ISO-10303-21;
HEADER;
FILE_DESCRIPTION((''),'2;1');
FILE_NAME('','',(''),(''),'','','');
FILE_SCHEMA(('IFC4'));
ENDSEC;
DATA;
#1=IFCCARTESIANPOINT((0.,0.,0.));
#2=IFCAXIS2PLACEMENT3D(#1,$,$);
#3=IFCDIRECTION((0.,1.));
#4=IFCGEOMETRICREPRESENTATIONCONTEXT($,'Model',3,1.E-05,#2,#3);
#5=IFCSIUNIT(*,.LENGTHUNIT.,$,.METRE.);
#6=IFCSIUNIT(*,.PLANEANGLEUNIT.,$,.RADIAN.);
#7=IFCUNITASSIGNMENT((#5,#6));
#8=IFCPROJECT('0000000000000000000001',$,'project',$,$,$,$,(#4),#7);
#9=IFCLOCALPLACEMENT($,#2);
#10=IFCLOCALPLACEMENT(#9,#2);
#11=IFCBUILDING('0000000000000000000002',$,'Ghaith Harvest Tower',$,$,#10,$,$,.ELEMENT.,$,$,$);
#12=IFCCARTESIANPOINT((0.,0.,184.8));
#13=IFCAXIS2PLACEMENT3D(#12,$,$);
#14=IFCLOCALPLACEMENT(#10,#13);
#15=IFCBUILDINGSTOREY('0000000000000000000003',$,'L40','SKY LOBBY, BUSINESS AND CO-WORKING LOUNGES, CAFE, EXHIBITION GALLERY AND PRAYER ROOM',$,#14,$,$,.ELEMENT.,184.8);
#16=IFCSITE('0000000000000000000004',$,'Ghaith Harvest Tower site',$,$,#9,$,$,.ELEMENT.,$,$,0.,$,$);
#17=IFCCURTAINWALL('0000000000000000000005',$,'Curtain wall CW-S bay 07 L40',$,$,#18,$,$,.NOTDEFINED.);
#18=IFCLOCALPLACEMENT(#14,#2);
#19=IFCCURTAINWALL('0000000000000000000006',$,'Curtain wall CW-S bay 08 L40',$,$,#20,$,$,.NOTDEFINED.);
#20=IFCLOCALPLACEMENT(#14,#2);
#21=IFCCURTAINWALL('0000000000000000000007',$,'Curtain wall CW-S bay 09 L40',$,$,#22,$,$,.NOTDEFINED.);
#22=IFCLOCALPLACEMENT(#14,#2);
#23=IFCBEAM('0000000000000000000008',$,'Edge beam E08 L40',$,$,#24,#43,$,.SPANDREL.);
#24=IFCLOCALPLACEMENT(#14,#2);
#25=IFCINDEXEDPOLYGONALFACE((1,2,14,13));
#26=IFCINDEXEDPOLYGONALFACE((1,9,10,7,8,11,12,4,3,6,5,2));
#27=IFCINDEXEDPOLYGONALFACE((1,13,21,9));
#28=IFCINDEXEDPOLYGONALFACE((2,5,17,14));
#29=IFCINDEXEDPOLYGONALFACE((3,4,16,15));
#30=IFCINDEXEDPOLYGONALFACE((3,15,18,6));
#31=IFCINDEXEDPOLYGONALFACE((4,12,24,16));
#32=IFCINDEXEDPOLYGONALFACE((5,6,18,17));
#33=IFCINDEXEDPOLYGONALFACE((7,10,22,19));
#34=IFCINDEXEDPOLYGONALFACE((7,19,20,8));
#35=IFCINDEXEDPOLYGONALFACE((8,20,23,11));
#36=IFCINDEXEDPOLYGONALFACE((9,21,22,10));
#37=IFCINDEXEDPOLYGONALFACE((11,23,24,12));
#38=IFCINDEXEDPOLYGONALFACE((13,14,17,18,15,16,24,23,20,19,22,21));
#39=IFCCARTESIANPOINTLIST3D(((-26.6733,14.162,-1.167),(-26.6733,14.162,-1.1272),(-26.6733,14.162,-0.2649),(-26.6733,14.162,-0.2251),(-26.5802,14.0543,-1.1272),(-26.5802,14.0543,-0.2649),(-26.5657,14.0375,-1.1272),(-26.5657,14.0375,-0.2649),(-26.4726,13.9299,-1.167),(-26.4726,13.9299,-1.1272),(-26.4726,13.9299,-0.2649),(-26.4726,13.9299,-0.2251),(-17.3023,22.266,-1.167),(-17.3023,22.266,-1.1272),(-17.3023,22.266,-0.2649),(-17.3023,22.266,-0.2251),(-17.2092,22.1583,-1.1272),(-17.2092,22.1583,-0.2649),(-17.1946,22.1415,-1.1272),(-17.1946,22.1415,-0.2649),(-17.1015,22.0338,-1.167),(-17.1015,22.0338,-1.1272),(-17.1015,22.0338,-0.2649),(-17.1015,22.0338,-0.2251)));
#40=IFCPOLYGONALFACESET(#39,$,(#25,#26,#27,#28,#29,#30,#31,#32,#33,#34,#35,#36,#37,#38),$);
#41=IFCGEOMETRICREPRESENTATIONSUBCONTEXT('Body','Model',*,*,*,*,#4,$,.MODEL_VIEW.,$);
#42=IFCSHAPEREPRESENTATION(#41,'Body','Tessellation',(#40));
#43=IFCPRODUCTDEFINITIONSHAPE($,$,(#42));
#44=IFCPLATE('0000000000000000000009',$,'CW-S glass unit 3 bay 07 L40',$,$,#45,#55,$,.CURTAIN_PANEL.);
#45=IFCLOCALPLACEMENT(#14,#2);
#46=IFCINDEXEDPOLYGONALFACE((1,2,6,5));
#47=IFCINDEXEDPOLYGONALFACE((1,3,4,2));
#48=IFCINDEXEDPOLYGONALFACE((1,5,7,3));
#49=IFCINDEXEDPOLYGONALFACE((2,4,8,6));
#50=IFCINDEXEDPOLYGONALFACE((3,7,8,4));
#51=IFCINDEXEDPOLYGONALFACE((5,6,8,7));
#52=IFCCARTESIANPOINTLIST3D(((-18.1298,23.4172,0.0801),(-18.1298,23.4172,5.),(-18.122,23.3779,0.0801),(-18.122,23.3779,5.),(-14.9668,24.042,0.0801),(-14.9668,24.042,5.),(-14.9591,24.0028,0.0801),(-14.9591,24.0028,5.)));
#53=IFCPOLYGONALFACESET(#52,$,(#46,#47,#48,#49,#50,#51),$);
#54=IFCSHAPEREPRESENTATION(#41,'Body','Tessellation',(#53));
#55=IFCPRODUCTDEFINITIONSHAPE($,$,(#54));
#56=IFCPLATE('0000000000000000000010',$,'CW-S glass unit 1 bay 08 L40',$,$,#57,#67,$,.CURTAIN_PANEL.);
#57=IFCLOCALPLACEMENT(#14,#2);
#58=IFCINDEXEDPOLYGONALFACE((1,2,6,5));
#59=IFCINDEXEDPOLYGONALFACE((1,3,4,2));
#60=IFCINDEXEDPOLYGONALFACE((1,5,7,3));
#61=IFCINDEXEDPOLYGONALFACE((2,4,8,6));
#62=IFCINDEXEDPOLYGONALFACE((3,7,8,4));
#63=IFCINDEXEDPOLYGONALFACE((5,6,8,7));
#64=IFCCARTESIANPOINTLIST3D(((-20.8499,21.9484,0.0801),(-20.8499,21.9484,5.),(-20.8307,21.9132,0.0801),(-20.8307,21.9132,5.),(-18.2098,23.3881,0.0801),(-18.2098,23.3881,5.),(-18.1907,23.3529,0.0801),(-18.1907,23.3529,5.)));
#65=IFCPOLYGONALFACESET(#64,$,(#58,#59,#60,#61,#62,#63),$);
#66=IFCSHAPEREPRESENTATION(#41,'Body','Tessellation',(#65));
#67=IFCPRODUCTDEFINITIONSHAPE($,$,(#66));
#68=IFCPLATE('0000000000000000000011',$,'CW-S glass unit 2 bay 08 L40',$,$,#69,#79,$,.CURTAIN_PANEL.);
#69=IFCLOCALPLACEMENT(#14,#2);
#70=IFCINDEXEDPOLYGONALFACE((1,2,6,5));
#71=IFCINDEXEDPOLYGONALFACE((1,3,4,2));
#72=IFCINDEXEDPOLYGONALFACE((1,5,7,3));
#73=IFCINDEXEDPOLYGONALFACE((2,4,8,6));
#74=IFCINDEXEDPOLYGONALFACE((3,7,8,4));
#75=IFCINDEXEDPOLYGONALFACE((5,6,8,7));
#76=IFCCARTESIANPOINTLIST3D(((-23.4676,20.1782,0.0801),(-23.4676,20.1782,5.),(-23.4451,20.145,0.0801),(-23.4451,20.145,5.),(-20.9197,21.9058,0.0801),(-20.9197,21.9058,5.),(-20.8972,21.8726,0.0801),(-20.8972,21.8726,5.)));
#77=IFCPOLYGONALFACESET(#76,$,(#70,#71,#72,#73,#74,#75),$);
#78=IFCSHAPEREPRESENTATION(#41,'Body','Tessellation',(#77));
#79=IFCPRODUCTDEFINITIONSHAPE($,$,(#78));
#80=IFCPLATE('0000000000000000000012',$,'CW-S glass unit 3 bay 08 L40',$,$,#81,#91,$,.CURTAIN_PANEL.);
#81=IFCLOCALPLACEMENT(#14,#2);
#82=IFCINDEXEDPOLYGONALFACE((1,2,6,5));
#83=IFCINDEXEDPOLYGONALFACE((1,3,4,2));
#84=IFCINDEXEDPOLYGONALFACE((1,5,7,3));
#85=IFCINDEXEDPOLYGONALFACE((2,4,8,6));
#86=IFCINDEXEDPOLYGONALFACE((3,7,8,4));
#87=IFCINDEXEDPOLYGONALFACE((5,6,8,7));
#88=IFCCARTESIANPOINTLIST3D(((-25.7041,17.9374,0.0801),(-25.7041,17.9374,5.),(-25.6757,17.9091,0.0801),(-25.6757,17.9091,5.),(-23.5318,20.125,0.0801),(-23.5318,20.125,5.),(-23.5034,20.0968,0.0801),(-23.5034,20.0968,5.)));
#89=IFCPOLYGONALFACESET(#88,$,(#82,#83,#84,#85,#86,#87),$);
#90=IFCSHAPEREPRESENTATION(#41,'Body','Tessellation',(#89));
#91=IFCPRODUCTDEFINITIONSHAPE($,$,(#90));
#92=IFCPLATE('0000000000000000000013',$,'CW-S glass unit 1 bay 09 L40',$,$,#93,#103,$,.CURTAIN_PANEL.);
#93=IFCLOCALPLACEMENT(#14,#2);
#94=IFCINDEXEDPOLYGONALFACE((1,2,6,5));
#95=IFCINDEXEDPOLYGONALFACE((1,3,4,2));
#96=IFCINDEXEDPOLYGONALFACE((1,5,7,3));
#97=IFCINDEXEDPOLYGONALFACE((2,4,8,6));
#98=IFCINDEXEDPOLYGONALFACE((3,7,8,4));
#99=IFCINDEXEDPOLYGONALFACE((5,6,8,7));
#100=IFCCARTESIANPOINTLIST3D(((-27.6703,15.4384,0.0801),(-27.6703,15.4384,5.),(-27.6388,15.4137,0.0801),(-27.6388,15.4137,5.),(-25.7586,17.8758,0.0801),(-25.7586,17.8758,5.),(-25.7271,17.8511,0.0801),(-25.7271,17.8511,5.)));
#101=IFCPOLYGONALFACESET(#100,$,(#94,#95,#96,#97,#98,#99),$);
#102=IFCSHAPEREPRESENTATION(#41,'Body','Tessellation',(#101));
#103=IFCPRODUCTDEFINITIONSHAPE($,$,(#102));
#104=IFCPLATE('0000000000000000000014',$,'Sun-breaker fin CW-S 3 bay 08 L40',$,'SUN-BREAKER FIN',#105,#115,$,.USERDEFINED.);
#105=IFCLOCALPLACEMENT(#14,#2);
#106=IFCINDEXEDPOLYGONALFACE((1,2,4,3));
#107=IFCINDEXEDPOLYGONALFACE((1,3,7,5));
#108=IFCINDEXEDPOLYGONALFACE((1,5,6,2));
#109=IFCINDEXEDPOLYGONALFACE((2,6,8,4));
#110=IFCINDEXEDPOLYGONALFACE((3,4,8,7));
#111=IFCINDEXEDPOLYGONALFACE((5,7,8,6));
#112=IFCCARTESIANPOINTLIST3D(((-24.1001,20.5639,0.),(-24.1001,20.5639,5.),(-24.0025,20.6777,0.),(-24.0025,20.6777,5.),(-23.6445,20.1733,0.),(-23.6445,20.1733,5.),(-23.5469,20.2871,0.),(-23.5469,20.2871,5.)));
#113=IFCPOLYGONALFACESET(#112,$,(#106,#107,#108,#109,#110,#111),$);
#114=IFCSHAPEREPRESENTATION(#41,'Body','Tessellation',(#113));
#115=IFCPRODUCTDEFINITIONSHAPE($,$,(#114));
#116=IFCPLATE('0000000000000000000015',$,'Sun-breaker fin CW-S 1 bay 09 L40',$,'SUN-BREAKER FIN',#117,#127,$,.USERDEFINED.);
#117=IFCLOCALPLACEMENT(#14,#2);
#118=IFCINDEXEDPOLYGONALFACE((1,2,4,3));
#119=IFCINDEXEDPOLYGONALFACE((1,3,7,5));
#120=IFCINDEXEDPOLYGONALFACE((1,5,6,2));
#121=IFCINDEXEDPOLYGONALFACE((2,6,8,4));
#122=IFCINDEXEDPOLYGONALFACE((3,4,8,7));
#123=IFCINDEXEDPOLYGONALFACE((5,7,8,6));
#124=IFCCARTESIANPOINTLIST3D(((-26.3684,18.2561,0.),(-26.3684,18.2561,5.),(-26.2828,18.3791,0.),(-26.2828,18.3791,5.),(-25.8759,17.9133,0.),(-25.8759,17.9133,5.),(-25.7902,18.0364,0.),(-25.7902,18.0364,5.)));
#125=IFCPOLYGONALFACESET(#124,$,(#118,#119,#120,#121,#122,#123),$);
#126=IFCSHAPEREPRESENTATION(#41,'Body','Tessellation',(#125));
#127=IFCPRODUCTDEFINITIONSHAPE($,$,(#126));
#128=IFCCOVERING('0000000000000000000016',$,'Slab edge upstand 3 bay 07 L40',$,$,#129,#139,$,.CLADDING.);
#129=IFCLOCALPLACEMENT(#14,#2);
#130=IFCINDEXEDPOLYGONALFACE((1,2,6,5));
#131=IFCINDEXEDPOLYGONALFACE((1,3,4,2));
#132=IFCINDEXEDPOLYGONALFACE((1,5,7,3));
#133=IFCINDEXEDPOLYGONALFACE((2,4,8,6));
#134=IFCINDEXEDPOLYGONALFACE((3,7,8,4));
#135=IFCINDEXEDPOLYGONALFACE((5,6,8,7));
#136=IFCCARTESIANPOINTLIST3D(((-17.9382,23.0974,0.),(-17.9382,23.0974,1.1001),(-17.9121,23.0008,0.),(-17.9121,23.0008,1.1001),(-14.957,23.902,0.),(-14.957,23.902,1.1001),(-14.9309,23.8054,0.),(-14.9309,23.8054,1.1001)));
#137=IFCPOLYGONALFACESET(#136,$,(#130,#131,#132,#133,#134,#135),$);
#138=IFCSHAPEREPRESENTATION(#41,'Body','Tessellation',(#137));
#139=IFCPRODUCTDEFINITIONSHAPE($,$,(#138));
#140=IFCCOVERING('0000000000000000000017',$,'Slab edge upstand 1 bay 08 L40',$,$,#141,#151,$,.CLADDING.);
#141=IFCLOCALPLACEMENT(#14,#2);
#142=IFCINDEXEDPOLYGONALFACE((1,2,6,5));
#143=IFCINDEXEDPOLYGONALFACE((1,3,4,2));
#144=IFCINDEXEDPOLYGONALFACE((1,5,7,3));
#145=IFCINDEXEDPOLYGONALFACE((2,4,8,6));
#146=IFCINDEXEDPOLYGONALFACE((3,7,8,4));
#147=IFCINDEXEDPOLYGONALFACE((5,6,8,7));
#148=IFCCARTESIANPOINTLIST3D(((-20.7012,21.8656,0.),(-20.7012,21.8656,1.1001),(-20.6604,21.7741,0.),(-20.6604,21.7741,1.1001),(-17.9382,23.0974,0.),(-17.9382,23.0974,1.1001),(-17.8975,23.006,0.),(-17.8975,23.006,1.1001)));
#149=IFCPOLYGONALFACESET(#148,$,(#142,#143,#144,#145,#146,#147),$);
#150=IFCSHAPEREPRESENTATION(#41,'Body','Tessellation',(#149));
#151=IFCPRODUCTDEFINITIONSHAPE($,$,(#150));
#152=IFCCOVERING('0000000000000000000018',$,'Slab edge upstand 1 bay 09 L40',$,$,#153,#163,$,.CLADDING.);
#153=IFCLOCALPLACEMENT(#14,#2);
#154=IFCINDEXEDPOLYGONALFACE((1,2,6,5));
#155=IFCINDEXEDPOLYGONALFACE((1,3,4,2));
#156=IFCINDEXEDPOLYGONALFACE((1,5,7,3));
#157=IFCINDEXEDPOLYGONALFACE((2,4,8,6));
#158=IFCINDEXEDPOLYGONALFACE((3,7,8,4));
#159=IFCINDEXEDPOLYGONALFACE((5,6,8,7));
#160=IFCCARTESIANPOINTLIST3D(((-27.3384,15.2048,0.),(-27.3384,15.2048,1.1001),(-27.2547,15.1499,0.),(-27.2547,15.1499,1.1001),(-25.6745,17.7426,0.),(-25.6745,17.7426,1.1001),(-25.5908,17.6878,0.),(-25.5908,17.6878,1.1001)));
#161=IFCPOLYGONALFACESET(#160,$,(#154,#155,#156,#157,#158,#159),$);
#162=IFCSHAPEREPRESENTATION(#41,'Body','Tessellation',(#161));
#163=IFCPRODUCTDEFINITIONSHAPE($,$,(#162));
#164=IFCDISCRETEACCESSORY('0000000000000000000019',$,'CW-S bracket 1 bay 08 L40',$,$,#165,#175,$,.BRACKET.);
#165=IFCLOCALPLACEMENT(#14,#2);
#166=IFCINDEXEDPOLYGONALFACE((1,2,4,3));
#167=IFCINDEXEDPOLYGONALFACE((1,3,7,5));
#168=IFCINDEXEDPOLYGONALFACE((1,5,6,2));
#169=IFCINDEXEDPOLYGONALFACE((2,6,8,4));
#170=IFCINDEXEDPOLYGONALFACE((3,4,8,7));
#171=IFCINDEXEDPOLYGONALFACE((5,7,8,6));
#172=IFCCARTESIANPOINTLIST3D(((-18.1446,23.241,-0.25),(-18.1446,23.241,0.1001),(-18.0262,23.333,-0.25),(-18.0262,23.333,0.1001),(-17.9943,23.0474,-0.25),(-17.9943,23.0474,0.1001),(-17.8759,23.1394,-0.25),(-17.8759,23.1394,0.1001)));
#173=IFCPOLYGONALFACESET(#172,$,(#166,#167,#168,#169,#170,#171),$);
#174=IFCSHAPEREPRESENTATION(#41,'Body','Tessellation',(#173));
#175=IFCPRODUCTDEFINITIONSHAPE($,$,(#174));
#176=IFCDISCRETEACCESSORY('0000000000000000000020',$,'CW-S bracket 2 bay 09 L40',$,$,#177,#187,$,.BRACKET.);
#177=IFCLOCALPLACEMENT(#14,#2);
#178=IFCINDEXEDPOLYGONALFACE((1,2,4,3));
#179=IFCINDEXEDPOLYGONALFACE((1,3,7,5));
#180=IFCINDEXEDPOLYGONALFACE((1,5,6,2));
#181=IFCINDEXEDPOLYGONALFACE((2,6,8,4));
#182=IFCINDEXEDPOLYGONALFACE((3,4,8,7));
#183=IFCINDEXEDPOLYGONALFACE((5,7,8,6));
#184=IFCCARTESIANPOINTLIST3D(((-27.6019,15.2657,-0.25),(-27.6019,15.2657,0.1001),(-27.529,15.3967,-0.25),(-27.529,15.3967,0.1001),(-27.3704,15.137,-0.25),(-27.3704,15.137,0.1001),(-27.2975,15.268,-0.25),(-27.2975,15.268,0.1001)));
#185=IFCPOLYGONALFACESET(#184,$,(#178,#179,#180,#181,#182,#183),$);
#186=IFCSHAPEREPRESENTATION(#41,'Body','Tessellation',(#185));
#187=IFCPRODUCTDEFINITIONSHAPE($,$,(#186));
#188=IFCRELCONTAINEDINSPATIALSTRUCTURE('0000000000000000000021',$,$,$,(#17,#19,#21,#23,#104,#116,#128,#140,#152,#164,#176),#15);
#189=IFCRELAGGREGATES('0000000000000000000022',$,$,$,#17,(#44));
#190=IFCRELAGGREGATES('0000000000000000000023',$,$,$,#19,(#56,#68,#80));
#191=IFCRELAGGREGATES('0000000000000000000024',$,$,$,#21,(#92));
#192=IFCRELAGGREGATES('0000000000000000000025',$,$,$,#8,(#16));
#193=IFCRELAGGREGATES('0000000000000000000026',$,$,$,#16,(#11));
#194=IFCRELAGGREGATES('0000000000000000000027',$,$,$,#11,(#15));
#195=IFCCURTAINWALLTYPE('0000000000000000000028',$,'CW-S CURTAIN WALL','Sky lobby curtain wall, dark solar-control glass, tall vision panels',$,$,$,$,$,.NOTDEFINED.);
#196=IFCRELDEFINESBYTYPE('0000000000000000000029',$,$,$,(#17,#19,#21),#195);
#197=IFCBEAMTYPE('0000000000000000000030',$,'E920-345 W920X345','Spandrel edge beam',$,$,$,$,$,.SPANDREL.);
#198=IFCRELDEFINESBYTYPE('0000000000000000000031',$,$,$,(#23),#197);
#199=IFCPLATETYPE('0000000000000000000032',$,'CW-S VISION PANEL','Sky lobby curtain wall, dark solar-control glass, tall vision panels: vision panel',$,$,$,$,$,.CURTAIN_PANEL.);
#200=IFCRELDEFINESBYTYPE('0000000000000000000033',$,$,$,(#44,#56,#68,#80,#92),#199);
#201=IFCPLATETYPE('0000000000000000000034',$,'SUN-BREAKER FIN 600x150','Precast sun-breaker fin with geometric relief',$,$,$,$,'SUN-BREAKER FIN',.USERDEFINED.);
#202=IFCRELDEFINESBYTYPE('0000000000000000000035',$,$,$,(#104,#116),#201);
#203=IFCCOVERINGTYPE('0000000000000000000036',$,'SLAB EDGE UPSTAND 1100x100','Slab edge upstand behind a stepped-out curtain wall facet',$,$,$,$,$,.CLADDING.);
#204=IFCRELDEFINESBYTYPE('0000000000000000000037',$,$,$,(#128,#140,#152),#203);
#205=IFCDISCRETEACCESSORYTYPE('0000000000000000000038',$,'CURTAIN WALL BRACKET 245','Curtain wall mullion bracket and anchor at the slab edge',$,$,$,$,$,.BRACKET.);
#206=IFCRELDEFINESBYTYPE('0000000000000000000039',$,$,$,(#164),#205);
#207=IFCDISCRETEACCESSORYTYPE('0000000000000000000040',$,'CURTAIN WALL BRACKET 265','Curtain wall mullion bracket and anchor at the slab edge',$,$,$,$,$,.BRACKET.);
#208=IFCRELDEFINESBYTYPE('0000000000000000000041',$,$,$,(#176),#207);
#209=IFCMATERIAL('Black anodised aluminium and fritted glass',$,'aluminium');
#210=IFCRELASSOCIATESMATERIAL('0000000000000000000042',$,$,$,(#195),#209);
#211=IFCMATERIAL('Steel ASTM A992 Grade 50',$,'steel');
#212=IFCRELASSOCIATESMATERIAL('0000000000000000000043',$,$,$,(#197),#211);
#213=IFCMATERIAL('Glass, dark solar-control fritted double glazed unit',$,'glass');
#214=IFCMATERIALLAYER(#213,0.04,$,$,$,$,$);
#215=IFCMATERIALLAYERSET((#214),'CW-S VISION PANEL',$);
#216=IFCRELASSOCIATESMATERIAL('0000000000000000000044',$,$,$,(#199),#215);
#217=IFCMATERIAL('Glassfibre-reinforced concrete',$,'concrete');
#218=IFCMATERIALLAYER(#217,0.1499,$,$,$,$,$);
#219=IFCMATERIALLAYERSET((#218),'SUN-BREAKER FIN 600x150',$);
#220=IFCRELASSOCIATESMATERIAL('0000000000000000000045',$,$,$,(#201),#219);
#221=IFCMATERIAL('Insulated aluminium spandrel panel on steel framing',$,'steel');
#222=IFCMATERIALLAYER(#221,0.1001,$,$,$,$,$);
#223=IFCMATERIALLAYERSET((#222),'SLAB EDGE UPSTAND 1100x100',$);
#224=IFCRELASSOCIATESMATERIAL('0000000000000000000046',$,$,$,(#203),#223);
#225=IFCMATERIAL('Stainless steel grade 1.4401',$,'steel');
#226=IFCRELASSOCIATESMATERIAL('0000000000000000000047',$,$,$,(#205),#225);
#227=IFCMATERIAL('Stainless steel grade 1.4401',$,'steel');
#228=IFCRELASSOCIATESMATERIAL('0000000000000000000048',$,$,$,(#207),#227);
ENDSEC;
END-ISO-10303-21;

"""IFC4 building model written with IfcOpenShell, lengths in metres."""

from ifc_helpers import new_model, si_unit, direction, frame, origin, origin_2d, place, context, subcontext, project, spatial, rectangle, i_section, extrude, material, layer, layer_set, material_profile, profile_set, type_object, element, aggregate, save


model = new_model("IFC4")

# Units and contexts
model_context = context("Model", 3, precision=1e-05, world=origin(), true_north=direction((0.0, 1.0)))
body_context = subcontext(model_context, "Body", "Model", "MODEL_VIEW")
ifc_project = project(units=[si_unit("LENGTHUNIT", "METRE"), si_unit("PLANEANGLEUNIT", "RADIAN")], contexts=[model_context])

# Site, building, storey
site_placement = place(None, origin())
site = spatial("IfcSite", under=ifc_project, at=site_placement, Name="Ghaith Harvest Tower site", CompositionType="ELEMENT", RefElevation=0.0)
building_placement = place(site_placement, origin())
building = spatial("IfcBuilding", under=site, at=building_placement, Name="Ghaith Harvest Tower", CompositionType="ELEMENT")
storey_placement = place(building_placement, frame((0.0, 0.0, 184.8)))
storey = spatial("IfcBuildingStorey", under=building, at=storey_placement, Name="L40", Description="SKY LOBBY, BUSINESS AND CO-WORKING LOUNGES, CAFE, EXHIBITION GALLERY AND PRAYER ROOM", CompositionType="ELEMENT", Elevation=184.8)

# Curtain wall
ifc_material_1 = material(Name="Black anodised aluminium and fritted glass", Category="aluminium")
curtain_wall_type = type_object("IfcCurtainWallType", Name="CW-S CURTAIN WALL", Description="Sky lobby curtain wall, dark solar-control glass, tall vision panels", PredefinedType="NOTDEFINED", material=ifc_material_1)
curtain_wall_1_placement = place(storey_placement, origin())
curtain_wall_1 = element("IfcCurtainWall", 1, at=curtain_wall_1_placement, inside=storey, type_object=curtain_wall_type, Name="Curtain wall CW-S bay 07 L40", PredefinedType="NOTDEFINED")

# Curtain walls
curtain_wall_2_placement = place(storey_placement, origin())
curtain_wall_2 = element("IfcCurtainWall", 2, at=curtain_wall_2_placement, inside=storey, type_object=curtain_wall_type, Name="Curtain wall CW-S bay 08 L40", PredefinedType="NOTDEFINED")
curtain_wall_3_placement = place(storey_placement, origin())
curtain_wall_3 = element("IfcCurtainWall", 3, at=curtain_wall_3_placement, inside=storey, type_object=curtain_wall_type, Name="Curtain wall CW-S bay 09 L40", PredefinedType="NOTDEFINED")

# Beam
ifc_material_2 = material(Name="Steel ASTM A992 Grade 50", Category="steel")
ifc_material_profile_1 = material_profile(ifc_material_2, i_section(OverallWidth=0.3069, OverallDepth=0.9419, WebThickness=0.0222, FlangeThickness=0.0398, at=origin_2d()), Name="W920X345")
ifc_profile_set_1 = profile_set([ifc_material_profile_1], Name="Steel ASTM A992 Grade 50")
beam_type = type_object("IfcBeamType", Name="E920-345 W920X345", Description="Spandrel edge beam", PredefinedType="SPANDREL", material=ifc_profile_set_1)
beam_placement = place(storey_placement, frame((-17.2019, 22.1499, -0.696), z_axis=(-0.756392, -0.654118, 0.0), x_axis=(0.654118, -0.756392, 0.0)))
element("IfcBeam", 4, at=beam_placement, inside=storey, type_object=beam_type, Name="Edge beam E08 L40", PredefinedType="SPANDREL", context=body_context, shape_type="SweptSolid", body=[
    extrude(i_section(OverallWidth=0.3069, OverallDepth=0.9419, WebThickness=0.0222, FlangeThickness=0.0398, at=origin_2d()), origin(), (0.0, 0.0, 1.0), 12.3892),
])

# Plates
ifc_material_3 = material(Name="Glass, dark solar-control fritted double glazed unit", Category="glass")
ifc_layer_1 = layer(ifc_material_3, 0.04)
ifc_layer_set_1 = layer_set([ifc_layer_1], Name="CW-S VISION PANEL")
plate_type_1 = type_object("IfcPlateType", Name="CW-S VISION PANEL", Description="Sky lobby curtain wall, dark solar-control glass, tall vision panels: vision panel", PredefinedType="CURTAIN_PANEL", material=ifc_layer_set_1)
plate_1_placement = place(storey_placement, frame((-16.5444, 23.71, 0.0801), z_axis=(0.0, 0.0, 1.0), x_axis=(-0.981038, -0.193818, 0.0)))
plate_1 = element("IfcPlate", 5, at=plate_1_placement, type_object=plate_type_1, Name="CW-S glass unit 3 bay 07 L40", PredefinedType="CURTAIN_PANEL", context=body_context, shape_type="SweptSolid", body=[
    extrude(rectangle(XDim=3.2241, YDim=0.04, at=origin_2d()), origin(), (0.0, 0.0, 1.0), 4.9199),
])
aggregate(curtain_wall_1, [plate_1])
plate_2_placement = place(storey_placement, frame((-19.5203, 22.6506, 0.0801), z_axis=(0.0, 0.0, 1.0), x_axis=(-0.87794, -0.47877, 0.0)))
plate_2 = element("IfcPlate", 6, at=plate_2_placement, type_object=plate_type_1, Name="CW-S glass unit 1 bay 08 L40", PredefinedType="CURTAIN_PANEL", context=body_context, shape_type="SweptSolid", body=[
    extrude(rectangle(XDim=3.0071, YDim=0.04, at=origin_2d()), origin(), (0.0, 0.0, 1.0), 4.9199),
])
plate_3_placement = place(storey_placement, frame((-22.1824, 21.0254, 0.0801), z_axis=(0.0, 0.0, 1.0), x_axis=(-0.827675, -0.561208, 0.0)))
plate_3 = element("IfcPlate", 7, at=plate_3_placement, type_object=plate_type_1, Name="CW-S glass unit 2 bay 08 L40", PredefinedType="CURTAIN_PANEL", context=body_context, shape_type="SweptSolid", body=[
    extrude(rectangle(XDim=3.0784, YDim=0.04, at=origin_2d()), origin(), (0.0, 0.0, 1.0), 4.9199),
])
plate_4_placement = place(storey_placement, frame((-24.6038, 19.0171, 0.0801), z_axis=(0.0, 0.0, 1.0), x_axis=(-0.704614, -0.709591, 0.0)))
plate_4 = element("IfcPlate", 8, at=plate_4_placement, type_object=plate_type_1, Name="CW-S glass unit 3 bay 08 L40", PredefinedType="CURTAIN_PANEL", context=body_context, shape_type="SweptSolid", body=[
    extrude(rectangle(XDim=3.083, YDim=0.04, at=origin_2d()), origin(), (0.0, 0.0, 1.0), 4.9199),
])
aggregate(curtain_wall_2, [plate_2, plate_3, plate_4])
plate_5_placement = place(storey_placement, frame((-26.6987, 16.6448, 0.0801), z_axis=(0.0, 0.0, 1.0), x_axis=(-0.617141, -0.786853, 0.0)))
plate_5 = element("IfcPlate", 9, at=plate_5_placement, type_object=plate_type_1, Name="CW-S glass unit 1 bay 09 L40", PredefinedType="CURTAIN_PANEL", context=body_context, shape_type="SweptSolid", body=[
    extrude(rectangle(XDim=3.0977, YDim=0.04, at=origin_2d()), origin(), (0.0, 0.0, 1.0), 4.9199),
])
aggregate(curtain_wall_3, [plate_5])

# Plates
ifc_material_4 = material(Name="Glassfibre-reinforced concrete", Category="concrete")
ifc_layer_2 = layer(ifc_material_4, 0.1499)
ifc_layer_set_2 = layer_set([ifc_layer_2], Name="SUN-BREAKER FIN 600x150")
plate_type_2 = type_object("IfcPlateType", Name="SUN-BREAKER FIN 600x150", Description="Precast sun-breaker fin with geometric relief", ElementType="SUN-BREAKER FIN", PredefinedType="USERDEFINED", material=ifc_layer_set_2)
for number, where, z_axis, x_axis, name in (
    (10, (-23.8235, 20.4255, 0.0), (0.0, 0.0, 1.0), (-0.75917, 0.650893, 0.0), "Sun-breaker fin CW-S 3 bay 08 L40"),
    (11, (-26.0793, 18.1462, 0.0), (0.0, 0.0, 1.0), (-0.820845, 0.57115, 0.0), "Sun-breaker fin CW-S 1 bay 09 L40"),
):
    element("IfcPlate", number, at=place(storey_placement, frame(where, z_axis=z_axis, x_axis=x_axis)), inside=storey, type_object=plate_type_2, Name=name, ObjectType="SUN-BREAKER FIN", PredefinedType="USERDEFINED", context=body_context, shape_type="SweptSolid", body=[
        extrude(rectangle(XDim=0.6001, YDim=0.1499, at=origin_2d()), origin(), (0.0, 0.0, 1.0), 5.0),
    ])

# Coverings
ifc_material_5 = material(Name="Insulated aluminium spandrel panel on steel framing", Category="steel")
ifc_layer_3 = layer(ifc_material_5, 0.1001)
ifc_layer_set_3 = layer_set([ifc_layer_3], Name="SLAB EDGE UPSTAND 1100x100")
covering_type = type_object("IfcCoveringType", Name="SLAB EDGE UPSTAND 1100x100", Description="Slab edge upstand behind a stepped-out curtain wall facet", PredefinedType="CLADDING", material=ifc_layer_set_3)
covering_1_placement = place(storey_placement, frame((-16.4346, 23.4514, 0.0), z_axis=(0.0, 0.0, 1.0), x_axis=(-0.965455, -0.26057, 0.0)))
element("IfcCovering", 12, at=covering_1_placement, inside=storey, type_object=covering_type, Name="Slab edge upstand 3 bay 07 L40", PredefinedType="CLADDING", context=body_context, shape_type="SweptSolid", body=[
    extrude(rectangle(XDim=3.0879, YDim=0.1001, at=origin_2d()), origin(), (0.0, 0.0, 1.0), 1.1001),
])
covering_2_placement = place(storey_placement, frame((-19.2993, 22.4358, 0.0), z_axis=(0.0, 0.0, 1.0), x_axis=(-0.913335, -0.40721, 0.0)))
element("IfcCovering", 13, at=covering_2_placement, inside=storey, type_object=covering_type, Name="Slab edge upstand 1 bay 08 L40", PredefinedType="CLADDING", context=body_context, shape_type="SweptSolid", body=[
    extrude(rectangle(XDim=3.0251, YDim=0.1001, at=origin_2d()), origin(), (0.0, 0.0, 1.0), 1.1001),
])
covering_3_placement = place(storey_placement, frame((-26.4646, 16.4463, 0.0), z_axis=(0.0, 0.0, 1.0), x_axis=(-0.548312, -0.836274, 0.0)))
element("IfcCovering", 14, at=covering_3_placement, inside=storey, type_object=covering_type, Name="Slab edge upstand 1 bay 09 L40", PredefinedType="CLADDING", context=body_context, shape_type="SweptSolid", body=[
    extrude(rectangle(XDim=3.0347, YDim=0.1001, at=origin_2d()), origin(), (0.0, 0.0, 1.0), 1.1001),
])

# Discrete accessories
ifc_material_6 = material(Name="Stainless steel grade 1.4401", Category="steel")
discrete_accessory_type_1 = type_object("IfcDiscreteAccessoryType", Name="CURTAIN WALL BRACKET 245", Description="Curtain wall mullion bracket and anchor at the slab edge", PredefinedType="BRACKET", material=ifc_material_6)
discrete_accessory_1_placement = place(storey_placement, frame((-18.0103, 23.1902, -0.25), z_axis=(0.0, 0.0, 1.0), x_axis=(-0.613378, 0.78979, 0.0)))
element("IfcDiscreteAccessory", 15, at=discrete_accessory_1_placement, inside=storey, type_object=discrete_accessory_type_1, Name="CW-S bracket 1 bay 08 L40", PredefinedType="BRACKET", context=body_context, shape_type="SweptSolid", body=[
    extrude(rectangle(XDim=0.2451, YDim=0.1499, at=origin_2d()), origin(), (0.0, 0.0, 1.0), 0.3501),
])
ifc_material_7 = material(Name="Stainless steel grade 1.4401", Category="steel")
discrete_accessory_type_2 = type_object("IfcDiscreteAccessoryType", Name="CURTAIN WALL BRACKET 265", Description="Curtain wall mullion bracket and anchor at the slab edge", PredefinedType="BRACKET", material=ifc_material_7)
discrete_accessory_2_placement = place(storey_placement, frame((-27.4497, 15.2668, -0.25), z_axis=(0.0, 0.0, 1.0), x_axis=(-0.873927, 0.486057, 0.0)))
element("IfcDiscreteAccessory", 16, at=discrete_accessory_2_placement, inside=storey, type_object=discrete_accessory_type_2, Name="CW-S bracket 2 bay 09 L40", PredefinedType="BRACKET", context=body_context, shape_type="SweptSolid", body=[
    extrude(rectangle(XDim=0.2649, YDim=0.1499, at=origin_2d()), origin(), (0.0, 0.0, 1.0), 0.3501),
])

save(model, "model.ifc")
